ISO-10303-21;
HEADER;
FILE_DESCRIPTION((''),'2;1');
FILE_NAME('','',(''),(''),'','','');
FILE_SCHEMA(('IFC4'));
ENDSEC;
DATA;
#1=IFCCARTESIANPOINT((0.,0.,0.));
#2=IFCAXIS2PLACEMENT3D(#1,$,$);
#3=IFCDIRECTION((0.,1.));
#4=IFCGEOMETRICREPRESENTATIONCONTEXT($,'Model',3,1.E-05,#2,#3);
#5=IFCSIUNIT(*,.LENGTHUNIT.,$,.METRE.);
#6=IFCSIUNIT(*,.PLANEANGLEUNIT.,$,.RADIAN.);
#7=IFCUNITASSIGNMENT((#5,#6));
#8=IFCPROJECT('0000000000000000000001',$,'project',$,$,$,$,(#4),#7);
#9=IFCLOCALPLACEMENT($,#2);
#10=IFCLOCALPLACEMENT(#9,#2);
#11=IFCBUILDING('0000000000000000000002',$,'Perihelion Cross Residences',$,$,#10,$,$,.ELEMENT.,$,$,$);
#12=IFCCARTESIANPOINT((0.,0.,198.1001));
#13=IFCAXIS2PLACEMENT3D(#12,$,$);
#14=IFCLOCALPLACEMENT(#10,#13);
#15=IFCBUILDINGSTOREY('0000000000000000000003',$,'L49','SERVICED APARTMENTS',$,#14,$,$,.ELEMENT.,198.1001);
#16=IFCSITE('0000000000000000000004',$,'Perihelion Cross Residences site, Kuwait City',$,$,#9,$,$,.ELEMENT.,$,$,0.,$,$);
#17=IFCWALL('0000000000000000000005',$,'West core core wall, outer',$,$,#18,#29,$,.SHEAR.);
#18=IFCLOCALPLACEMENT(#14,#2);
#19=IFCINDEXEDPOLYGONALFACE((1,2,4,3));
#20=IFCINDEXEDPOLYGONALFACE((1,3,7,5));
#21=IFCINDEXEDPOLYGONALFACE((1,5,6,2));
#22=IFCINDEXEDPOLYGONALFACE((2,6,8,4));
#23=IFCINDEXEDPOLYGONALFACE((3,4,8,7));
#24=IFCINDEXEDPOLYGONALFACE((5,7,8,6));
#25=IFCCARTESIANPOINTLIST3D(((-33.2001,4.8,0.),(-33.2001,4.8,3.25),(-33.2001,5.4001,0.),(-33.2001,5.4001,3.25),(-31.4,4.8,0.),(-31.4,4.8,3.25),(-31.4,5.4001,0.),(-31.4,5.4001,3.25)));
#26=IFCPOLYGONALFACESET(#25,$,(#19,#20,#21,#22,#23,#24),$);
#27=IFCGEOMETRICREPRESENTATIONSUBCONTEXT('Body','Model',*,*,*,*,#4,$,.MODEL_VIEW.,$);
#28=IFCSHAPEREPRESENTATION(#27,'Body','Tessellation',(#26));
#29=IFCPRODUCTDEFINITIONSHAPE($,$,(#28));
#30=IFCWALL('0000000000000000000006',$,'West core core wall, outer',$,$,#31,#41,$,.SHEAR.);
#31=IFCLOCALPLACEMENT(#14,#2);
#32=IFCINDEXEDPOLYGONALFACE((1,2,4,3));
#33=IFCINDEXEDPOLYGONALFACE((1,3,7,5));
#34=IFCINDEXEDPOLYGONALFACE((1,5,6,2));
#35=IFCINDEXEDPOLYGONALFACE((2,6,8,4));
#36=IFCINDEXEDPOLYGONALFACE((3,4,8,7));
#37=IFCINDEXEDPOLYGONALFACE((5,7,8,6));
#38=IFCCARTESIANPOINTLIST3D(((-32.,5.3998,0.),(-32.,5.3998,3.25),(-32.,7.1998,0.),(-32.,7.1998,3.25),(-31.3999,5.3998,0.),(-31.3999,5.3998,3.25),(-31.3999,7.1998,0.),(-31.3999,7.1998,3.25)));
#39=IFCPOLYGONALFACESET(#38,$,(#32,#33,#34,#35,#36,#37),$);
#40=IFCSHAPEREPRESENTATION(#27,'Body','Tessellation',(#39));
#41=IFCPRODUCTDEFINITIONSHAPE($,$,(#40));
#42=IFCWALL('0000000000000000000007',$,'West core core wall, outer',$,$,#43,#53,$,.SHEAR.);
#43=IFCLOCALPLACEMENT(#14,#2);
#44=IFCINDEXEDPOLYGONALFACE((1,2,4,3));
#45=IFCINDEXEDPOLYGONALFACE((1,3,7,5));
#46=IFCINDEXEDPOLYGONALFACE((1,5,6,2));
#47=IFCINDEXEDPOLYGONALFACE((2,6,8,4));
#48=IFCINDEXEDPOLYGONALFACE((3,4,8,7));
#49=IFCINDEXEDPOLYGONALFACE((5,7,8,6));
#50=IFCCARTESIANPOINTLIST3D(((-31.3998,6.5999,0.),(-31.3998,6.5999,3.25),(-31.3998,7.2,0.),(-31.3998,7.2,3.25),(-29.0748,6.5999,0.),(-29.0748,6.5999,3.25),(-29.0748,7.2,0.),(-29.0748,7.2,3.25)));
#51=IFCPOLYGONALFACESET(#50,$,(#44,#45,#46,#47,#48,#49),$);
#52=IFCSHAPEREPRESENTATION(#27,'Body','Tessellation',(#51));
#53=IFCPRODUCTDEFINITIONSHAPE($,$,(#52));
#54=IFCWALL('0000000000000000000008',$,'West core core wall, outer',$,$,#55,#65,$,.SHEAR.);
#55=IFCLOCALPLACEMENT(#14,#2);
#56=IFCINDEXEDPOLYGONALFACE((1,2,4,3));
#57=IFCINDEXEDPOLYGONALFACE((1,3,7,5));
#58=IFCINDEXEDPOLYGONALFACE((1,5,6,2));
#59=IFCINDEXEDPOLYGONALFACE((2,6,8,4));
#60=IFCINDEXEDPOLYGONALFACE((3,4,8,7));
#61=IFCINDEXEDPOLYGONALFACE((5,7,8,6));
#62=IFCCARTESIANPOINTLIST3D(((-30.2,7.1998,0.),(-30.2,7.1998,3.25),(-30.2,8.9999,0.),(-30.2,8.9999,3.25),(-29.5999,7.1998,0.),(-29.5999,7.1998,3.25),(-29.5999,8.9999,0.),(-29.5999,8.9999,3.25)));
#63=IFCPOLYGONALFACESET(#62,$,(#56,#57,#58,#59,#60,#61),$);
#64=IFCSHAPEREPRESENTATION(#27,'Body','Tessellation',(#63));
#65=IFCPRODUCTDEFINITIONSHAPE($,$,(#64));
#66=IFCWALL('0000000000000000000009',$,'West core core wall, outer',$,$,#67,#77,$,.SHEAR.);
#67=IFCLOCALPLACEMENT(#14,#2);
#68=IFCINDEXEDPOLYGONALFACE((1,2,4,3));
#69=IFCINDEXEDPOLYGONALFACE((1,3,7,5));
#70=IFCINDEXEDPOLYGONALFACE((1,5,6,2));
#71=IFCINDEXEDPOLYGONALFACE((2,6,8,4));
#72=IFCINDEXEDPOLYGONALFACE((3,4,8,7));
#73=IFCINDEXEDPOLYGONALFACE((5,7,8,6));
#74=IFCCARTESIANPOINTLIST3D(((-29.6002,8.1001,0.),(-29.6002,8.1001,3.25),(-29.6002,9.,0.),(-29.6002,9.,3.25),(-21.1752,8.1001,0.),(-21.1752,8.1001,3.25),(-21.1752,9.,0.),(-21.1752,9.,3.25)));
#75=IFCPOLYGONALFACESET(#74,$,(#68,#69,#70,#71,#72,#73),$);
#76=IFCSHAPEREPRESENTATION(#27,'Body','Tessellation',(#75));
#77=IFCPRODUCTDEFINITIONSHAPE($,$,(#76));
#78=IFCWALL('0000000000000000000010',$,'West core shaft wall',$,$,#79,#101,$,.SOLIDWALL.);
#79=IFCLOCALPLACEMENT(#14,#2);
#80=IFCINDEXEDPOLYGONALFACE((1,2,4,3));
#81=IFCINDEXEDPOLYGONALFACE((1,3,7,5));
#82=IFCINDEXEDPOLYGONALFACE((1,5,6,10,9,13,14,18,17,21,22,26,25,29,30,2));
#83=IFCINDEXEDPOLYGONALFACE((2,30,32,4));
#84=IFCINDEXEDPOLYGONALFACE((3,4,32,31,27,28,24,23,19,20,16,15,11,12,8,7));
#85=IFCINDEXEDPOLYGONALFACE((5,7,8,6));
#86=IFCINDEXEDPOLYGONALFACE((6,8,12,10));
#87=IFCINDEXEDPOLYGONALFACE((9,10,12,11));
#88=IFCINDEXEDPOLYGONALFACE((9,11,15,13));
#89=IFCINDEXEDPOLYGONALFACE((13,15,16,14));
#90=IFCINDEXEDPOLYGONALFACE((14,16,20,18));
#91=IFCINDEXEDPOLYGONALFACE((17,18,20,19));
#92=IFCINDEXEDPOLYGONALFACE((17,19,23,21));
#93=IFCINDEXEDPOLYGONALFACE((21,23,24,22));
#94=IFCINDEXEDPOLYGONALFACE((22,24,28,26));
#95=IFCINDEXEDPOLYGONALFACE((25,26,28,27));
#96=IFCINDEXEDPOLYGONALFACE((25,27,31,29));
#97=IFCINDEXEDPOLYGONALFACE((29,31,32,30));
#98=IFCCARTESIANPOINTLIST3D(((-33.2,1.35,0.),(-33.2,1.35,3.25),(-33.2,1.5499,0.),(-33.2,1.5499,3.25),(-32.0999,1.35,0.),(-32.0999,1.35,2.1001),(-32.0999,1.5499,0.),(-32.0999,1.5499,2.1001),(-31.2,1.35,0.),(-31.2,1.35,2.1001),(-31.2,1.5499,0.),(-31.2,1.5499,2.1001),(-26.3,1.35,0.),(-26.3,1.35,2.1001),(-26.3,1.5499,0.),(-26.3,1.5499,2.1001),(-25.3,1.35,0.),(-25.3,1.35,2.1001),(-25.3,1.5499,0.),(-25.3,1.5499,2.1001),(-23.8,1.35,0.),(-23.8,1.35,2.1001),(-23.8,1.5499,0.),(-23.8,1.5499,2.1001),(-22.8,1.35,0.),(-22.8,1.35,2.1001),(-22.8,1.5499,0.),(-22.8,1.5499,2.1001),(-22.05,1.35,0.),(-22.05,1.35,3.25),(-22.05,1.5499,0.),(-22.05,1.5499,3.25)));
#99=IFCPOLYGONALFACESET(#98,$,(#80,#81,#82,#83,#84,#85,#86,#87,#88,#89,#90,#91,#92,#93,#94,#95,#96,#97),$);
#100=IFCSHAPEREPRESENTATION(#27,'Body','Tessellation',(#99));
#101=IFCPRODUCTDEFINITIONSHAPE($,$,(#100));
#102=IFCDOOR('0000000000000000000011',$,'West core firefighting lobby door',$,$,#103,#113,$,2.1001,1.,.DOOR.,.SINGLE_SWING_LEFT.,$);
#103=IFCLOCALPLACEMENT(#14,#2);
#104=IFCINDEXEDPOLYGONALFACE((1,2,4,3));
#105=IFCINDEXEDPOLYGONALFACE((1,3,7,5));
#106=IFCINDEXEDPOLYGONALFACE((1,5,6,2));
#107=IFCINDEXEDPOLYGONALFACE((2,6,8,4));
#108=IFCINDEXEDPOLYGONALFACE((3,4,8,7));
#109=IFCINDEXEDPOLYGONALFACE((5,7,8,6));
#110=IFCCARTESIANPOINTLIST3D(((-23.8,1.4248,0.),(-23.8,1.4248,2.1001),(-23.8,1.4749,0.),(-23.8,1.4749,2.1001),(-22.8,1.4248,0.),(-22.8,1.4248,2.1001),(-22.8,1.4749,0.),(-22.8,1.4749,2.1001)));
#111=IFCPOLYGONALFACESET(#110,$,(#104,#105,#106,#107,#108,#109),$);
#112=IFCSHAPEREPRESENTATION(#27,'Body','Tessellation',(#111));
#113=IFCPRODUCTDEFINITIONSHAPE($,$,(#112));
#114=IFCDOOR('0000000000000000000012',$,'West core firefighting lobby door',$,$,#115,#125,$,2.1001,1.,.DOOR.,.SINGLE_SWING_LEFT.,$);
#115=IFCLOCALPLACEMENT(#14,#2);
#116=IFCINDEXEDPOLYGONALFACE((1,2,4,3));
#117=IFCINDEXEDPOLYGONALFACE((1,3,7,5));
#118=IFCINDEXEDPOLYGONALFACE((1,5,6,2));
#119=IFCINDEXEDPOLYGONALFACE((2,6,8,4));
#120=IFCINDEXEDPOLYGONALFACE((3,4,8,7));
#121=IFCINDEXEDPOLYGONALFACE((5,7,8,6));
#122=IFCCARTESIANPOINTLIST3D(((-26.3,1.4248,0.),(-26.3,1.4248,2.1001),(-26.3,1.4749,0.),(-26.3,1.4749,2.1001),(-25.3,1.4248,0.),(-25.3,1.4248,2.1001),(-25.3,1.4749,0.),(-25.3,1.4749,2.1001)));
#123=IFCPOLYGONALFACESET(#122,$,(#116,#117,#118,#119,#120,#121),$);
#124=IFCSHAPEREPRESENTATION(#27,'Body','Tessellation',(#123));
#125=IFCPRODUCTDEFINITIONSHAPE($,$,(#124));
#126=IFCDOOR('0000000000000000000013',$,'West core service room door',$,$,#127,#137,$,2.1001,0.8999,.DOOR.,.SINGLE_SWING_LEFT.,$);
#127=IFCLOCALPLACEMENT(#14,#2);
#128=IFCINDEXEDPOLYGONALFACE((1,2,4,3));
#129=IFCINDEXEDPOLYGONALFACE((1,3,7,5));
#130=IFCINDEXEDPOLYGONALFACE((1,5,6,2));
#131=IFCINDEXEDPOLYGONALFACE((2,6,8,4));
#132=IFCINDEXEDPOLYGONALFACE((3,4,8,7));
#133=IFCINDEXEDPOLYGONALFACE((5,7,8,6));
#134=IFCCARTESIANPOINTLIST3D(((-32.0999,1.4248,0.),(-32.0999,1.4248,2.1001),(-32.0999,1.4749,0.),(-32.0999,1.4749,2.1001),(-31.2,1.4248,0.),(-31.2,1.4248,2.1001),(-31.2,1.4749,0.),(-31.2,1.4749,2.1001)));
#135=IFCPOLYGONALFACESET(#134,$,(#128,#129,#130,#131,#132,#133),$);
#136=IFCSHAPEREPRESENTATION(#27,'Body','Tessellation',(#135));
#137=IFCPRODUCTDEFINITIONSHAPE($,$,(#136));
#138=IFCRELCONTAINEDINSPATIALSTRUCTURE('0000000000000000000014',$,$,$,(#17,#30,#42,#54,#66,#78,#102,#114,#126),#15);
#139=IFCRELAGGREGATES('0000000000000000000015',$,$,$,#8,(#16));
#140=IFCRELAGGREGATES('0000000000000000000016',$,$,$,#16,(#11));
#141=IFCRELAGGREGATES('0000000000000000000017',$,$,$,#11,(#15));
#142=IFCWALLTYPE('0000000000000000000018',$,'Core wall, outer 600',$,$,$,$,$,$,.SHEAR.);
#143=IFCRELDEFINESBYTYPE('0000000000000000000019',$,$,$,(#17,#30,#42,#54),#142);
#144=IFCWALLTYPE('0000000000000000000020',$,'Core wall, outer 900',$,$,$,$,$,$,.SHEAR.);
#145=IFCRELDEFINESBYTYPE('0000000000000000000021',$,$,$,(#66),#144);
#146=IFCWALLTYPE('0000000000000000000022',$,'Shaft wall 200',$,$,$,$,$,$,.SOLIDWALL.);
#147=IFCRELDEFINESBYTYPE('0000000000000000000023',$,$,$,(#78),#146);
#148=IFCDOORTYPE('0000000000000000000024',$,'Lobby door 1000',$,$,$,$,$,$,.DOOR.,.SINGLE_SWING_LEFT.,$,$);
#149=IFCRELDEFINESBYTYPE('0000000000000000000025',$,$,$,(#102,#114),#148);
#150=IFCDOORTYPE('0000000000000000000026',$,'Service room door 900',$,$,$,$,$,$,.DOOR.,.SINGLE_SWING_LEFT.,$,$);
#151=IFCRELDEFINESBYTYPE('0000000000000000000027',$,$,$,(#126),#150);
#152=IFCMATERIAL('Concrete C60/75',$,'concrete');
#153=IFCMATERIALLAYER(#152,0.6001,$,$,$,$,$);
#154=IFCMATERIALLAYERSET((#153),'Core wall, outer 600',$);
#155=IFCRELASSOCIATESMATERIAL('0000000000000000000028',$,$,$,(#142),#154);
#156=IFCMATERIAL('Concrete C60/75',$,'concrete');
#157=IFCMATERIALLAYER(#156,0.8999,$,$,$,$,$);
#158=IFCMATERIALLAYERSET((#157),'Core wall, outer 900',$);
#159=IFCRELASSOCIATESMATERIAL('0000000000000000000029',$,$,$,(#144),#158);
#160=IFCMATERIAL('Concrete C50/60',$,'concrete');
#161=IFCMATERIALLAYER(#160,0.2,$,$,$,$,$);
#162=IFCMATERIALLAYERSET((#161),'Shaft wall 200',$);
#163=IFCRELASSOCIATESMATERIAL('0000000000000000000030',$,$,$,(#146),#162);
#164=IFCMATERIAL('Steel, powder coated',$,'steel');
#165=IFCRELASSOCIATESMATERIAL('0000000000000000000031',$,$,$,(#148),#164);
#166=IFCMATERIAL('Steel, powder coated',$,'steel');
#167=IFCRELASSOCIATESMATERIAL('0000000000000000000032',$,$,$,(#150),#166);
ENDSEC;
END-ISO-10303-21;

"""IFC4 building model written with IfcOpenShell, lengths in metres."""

from ifc_helpers import new_model, si_unit, direction, frame, frame_2d, origin, place, context, subcontext, project, spatial, rectangle, extrude, material, layer, layer_set, type_object, element, fill, save


model = new_model("IFC4")

# Units and contexts
model_context = context("Model", 3, precision=1e-05, world=origin(), true_north=direction((0.0, 1.0)))
body_context = subcontext(model_context, "Body", "Model", "MODEL_VIEW")
ifc_project = project(units=[si_unit("LENGTHUNIT", "METRE"), si_unit("PLANEANGLEUNIT", "RADIAN")], contexts=[model_context])

# Site, building, storey
site_placement = place(None, origin())
site = spatial("IfcSite", under=ifc_project, at=site_placement, Name="Perihelion Cross Residences site, Kuwait City", CompositionType="ELEMENT", RefElevation=0.0)
building_placement = place(site_placement, origin())
building = spatial("IfcBuilding", under=site, at=building_placement, Name="Perihelion Cross Residences", CompositionType="ELEMENT")
storey_placement = place(building_placement, frame((0.0, 0.0, 198.1001)))
storey = spatial("IfcBuildingStorey", under=building, at=storey_placement, Name="L49", Description="SERVICED APARTMENTS", CompositionType="ELEMENT", Elevation=198.1001)

# Walls
ifc_material_1 = material(Name="Concrete C60/75", Category="concrete")
ifc_layer_1 = layer(ifc_material_1, 0.6001)
ifc_layer_set_1 = layer_set([ifc_layer_1], Name="Core wall, outer 600")
wall_type_1 = type_object("IfcWallType", Name="Core wall, outer 600", PredefinedType="SHEAR", material=ifc_layer_set_1)
for number, where, z_axis, x_axis, name in (
    (1, (-33.2, 5.1001, 0.0), (0.0, 0.0, 1.0), (1.0, 0.0, 0.0), "West core core wall, outer"),
    (2, (-31.7, 5.3999, 0.0), (0.0, 0.0, 1.0), (0.0, 1.0, 0.0), "West core core wall, outer"),
):
    element("IfcWall", number, at=place(storey_placement, frame(where, z_axis=z_axis, x_axis=x_axis)), inside=storey, type_object=wall_type_1, Name=name, PredefinedType="SHEAR", context=body_context, shape_type="SweptSolid", body=[
        extrude(rectangle(XDim=1.8, YDim=0.6001, at=frame_2d((0.8999, 0.0))), origin(), (0.0, 0.0, 1.0), 3.25),
    ])
wall_1_placement = place(storey_placement, frame((-31.3999, 6.8999, 0.0), z_axis=(0.0, 0.0, 1.0), x_axis=(1.0, 0.0, 0.0)))
element("IfcWall", 3, at=wall_1_placement, inside=storey, type_object=wall_type_1, Name="West core core wall, outer", PredefinedType="SHEAR", context=body_context, shape_type="SweptSolid", body=[
    extrude(rectangle(XDim=2.325, YDim=0.6001, at=frame_2d((1.1626, 0.0))), origin(), (0.0, 0.0, 1.0), 3.25),
])
wall_2_placement = place(storey_placement, frame((-29.8999, 7.2, 0.0), z_axis=(0.0, 0.0, 1.0), x_axis=(0.0, 1.0, 0.0)))
element("IfcWall", 4, at=wall_2_placement, inside=storey, type_object=wall_type_1, Name="West core core wall, outer", PredefinedType="SHEAR", context=body_context, shape_type="SweptSolid", body=[
    extrude(rectangle(XDim=1.8, YDim=0.6001, at=frame_2d((0.8999, 0.0))), origin(), (0.0, 0.0, 1.0), 3.25),
])
ifc_material_2 = material(Name="Concrete C60/75", Category="concrete")
ifc_layer_2 = layer(ifc_material_2, 0.8999)
ifc_layer_set_2 = layer_set([ifc_layer_2], Name="Core wall, outer 900")
wall_type_2 = type_object("IfcWallType", Name="Core wall, outer 900", PredefinedType="SHEAR", material=ifc_layer_set_2)
wall_3_placement = place(storey_placement, frame((-29.6001, 8.55, 0.0), z_axis=(0.0, 0.0, 1.0), x_axis=(1.0, 0.0, 0.0)))
element("IfcWall", 5, at=wall_3_placement, inside=storey, type_object=wall_type_2, Name="West core core wall, outer", PredefinedType="SHEAR", context=body_context, shape_type="SweptSolid", body=[
    extrude(rectangle(XDim=8.425, YDim=0.8999, at=frame_2d((4.2124, 0.0))), origin(), (0.0, 0.0, 1.0), 3.25),
])

# Wall, openings, doors
ifc_material_3 = material(Name="Concrete C50/60", Category="concrete")
ifc_layer_3 = layer(ifc_material_3, 0.2)
ifc_layer_set_3 = layer_set([ifc_layer_3], Name="Shaft wall 200")
wall_type_3 = type_object("IfcWallType", Name="Shaft wall 200", PredefinedType="SOLIDWALL", material=ifc_layer_set_3)
wall_4_placement = place(storey_placement, frame((-33.2, 1.45, 0.0), z_axis=(0.0, 0.0, 1.0), x_axis=(1.0, 0.0, 0.0)))
wall_4 = element("IfcWall", 6, at=wall_4_placement, inside=storey, type_object=wall_type_3, Name="West core shaft wall", PredefinedType="SOLIDWALL", context=body_context, shape_type="SweptSolid", body=[
    extrude(rectangle(XDim=11.1499, YDim=0.2, at=frame_2d((5.575, 0.0))), origin(), (0.0, 0.0, 1.0), 3.25),
])
opening_1_placement = place(wall_4_placement, frame((9.3999, 0.0, 0.0)))
opening_1 = element("IfcOpeningElement", 7, at=opening_1_placement, cuts=wall_4, PredefinedType="OPENING", context=body_context, shape_type="SweptSolid", body=[
    extrude(rectangle(XDim=1.0, YDim=2.1001, at=frame_2d((0.5, 1.05))), frame((0.0, 0.1099, 0.0), z_axis=(0.0, -1.0, 0.0), x_axis=(1.0, 0.0, 0.0)), (0.0, 0.0, 1.0), 0.22),
])
opening_2_placement = place(wall_4_placement, frame((6.8999, 0.0, 0.0)))
opening_2 = element("IfcOpeningElement", 8, at=opening_2_placement, cuts=wall_4, PredefinedType="OPENING", context=body_context, shape_type="SweptSolid", body=[
    extrude(rectangle(XDim=1.0, YDim=2.1001, at=frame_2d((0.5, 1.05))), frame((0.0, 0.1099, 0.0), z_axis=(0.0, -1.0, 0.0), x_axis=(1.0, 0.0, 0.0)), (0.0, 0.0, 1.0), 0.22),
])
opening_3_placement = place(wall_4_placement, frame((1.1001, 0.0, 0.0)))
opening_3 = element("IfcOpeningElement", 9, at=opening_3_placement, cuts=wall_4, PredefinedType="OPENING", context=body_context, shape_type="SweptSolid", body=[
    extrude(rectangle(XDim=0.8999, YDim=2.1001, at=frame_2d((0.45, 1.05))), frame((0.0, 0.1099, 0.0), z_axis=(0.0, -1.0, 0.0), x_axis=(1.0, 0.0, 0.0)), (0.0, 0.0, 1.0), 0.22),
])
ifc_material_4 = material(Name="Steel, powder coated", Category="steel")
door_type_1 = type_object("IfcDoorType", Name="Lobby door 1000", OperationType="SINGLE_SWING_LEFT", PredefinedType="DOOR", material=ifc_material_4)
door_1_placement = place(opening_1_placement, origin())
door_1 = element("IfcDoor", 10, at=door_1_placement, inside=storey, type_object=door_type_1, Name="West core firefighting lobby door", OperationType="SINGLE_SWING_LEFT", OverallHeight=2.1001, OverallWidth=1.0, PredefinedType="DOOR", context=body_context, shape_type="SweptSolid", body=[
    extrude(rectangle(XDim=1.0, YDim=2.1001, at=frame_2d((0.5, 1.05))), frame((0.0, 0.0249, 0.0), z_axis=(0.0, -1.0, 0.0), x_axis=(1.0, 0.0, 0.0)), (0.0, 0.0, 1.0), 0.05),
])
fill(opening_1, door_1)
door_2_placement = place(opening_2_placement, origin())
door_2 = element("IfcDoor", 11, at=door_2_placement, inside=storey, type_object=door_type_1, Name="West core firefighting lobby door", OperationType="SINGLE_SWING_LEFT", OverallHeight=2.1001, OverallWidth=1.0, PredefinedType="DOOR", context=body_context, shape_type="SweptSolid", body=[
    extrude(rectangle(XDim=1.0, YDim=2.1001, at=frame_2d((0.5, 1.05))), frame((0.0, 0.0249, 0.0), z_axis=(0.0, -1.0, 0.0), x_axis=(1.0, 0.0, 0.0)), (0.0, 0.0, 1.0), 0.05),
])
fill(opening_2, door_2)
ifc_material_5 = material(Name="Steel, powder coated", Category="steel")
door_type_2 = type_object("IfcDoorType", Name="Service room door 900", OperationType="SINGLE_SWING_LEFT", PredefinedType="DOOR", material=ifc_material_5)
door_3_placement = place(opening_3_placement, origin())
door_3 = element("IfcDoor", 12, at=door_3_placement, inside=storey, type_object=door_type_2, Name="West core service room door", OperationType="SINGLE_SWING_LEFT", OverallHeight=2.1001, OverallWidth=0.8999, PredefinedType="DOOR", context=body_context, shape_type="SweptSolid", body=[
    extrude(rectangle(XDim=0.8999, YDim=2.1001, at=frame_2d((0.45, 1.05))), frame((0.0, 0.0249, 0.0), z_axis=(0.0, -1.0, 0.0), x_axis=(1.0, 0.0, 0.0)), (0.0, 0.0, 1.0), 0.05),
])
fill(opening_3, door_3)

save(model, "model.ifc")
